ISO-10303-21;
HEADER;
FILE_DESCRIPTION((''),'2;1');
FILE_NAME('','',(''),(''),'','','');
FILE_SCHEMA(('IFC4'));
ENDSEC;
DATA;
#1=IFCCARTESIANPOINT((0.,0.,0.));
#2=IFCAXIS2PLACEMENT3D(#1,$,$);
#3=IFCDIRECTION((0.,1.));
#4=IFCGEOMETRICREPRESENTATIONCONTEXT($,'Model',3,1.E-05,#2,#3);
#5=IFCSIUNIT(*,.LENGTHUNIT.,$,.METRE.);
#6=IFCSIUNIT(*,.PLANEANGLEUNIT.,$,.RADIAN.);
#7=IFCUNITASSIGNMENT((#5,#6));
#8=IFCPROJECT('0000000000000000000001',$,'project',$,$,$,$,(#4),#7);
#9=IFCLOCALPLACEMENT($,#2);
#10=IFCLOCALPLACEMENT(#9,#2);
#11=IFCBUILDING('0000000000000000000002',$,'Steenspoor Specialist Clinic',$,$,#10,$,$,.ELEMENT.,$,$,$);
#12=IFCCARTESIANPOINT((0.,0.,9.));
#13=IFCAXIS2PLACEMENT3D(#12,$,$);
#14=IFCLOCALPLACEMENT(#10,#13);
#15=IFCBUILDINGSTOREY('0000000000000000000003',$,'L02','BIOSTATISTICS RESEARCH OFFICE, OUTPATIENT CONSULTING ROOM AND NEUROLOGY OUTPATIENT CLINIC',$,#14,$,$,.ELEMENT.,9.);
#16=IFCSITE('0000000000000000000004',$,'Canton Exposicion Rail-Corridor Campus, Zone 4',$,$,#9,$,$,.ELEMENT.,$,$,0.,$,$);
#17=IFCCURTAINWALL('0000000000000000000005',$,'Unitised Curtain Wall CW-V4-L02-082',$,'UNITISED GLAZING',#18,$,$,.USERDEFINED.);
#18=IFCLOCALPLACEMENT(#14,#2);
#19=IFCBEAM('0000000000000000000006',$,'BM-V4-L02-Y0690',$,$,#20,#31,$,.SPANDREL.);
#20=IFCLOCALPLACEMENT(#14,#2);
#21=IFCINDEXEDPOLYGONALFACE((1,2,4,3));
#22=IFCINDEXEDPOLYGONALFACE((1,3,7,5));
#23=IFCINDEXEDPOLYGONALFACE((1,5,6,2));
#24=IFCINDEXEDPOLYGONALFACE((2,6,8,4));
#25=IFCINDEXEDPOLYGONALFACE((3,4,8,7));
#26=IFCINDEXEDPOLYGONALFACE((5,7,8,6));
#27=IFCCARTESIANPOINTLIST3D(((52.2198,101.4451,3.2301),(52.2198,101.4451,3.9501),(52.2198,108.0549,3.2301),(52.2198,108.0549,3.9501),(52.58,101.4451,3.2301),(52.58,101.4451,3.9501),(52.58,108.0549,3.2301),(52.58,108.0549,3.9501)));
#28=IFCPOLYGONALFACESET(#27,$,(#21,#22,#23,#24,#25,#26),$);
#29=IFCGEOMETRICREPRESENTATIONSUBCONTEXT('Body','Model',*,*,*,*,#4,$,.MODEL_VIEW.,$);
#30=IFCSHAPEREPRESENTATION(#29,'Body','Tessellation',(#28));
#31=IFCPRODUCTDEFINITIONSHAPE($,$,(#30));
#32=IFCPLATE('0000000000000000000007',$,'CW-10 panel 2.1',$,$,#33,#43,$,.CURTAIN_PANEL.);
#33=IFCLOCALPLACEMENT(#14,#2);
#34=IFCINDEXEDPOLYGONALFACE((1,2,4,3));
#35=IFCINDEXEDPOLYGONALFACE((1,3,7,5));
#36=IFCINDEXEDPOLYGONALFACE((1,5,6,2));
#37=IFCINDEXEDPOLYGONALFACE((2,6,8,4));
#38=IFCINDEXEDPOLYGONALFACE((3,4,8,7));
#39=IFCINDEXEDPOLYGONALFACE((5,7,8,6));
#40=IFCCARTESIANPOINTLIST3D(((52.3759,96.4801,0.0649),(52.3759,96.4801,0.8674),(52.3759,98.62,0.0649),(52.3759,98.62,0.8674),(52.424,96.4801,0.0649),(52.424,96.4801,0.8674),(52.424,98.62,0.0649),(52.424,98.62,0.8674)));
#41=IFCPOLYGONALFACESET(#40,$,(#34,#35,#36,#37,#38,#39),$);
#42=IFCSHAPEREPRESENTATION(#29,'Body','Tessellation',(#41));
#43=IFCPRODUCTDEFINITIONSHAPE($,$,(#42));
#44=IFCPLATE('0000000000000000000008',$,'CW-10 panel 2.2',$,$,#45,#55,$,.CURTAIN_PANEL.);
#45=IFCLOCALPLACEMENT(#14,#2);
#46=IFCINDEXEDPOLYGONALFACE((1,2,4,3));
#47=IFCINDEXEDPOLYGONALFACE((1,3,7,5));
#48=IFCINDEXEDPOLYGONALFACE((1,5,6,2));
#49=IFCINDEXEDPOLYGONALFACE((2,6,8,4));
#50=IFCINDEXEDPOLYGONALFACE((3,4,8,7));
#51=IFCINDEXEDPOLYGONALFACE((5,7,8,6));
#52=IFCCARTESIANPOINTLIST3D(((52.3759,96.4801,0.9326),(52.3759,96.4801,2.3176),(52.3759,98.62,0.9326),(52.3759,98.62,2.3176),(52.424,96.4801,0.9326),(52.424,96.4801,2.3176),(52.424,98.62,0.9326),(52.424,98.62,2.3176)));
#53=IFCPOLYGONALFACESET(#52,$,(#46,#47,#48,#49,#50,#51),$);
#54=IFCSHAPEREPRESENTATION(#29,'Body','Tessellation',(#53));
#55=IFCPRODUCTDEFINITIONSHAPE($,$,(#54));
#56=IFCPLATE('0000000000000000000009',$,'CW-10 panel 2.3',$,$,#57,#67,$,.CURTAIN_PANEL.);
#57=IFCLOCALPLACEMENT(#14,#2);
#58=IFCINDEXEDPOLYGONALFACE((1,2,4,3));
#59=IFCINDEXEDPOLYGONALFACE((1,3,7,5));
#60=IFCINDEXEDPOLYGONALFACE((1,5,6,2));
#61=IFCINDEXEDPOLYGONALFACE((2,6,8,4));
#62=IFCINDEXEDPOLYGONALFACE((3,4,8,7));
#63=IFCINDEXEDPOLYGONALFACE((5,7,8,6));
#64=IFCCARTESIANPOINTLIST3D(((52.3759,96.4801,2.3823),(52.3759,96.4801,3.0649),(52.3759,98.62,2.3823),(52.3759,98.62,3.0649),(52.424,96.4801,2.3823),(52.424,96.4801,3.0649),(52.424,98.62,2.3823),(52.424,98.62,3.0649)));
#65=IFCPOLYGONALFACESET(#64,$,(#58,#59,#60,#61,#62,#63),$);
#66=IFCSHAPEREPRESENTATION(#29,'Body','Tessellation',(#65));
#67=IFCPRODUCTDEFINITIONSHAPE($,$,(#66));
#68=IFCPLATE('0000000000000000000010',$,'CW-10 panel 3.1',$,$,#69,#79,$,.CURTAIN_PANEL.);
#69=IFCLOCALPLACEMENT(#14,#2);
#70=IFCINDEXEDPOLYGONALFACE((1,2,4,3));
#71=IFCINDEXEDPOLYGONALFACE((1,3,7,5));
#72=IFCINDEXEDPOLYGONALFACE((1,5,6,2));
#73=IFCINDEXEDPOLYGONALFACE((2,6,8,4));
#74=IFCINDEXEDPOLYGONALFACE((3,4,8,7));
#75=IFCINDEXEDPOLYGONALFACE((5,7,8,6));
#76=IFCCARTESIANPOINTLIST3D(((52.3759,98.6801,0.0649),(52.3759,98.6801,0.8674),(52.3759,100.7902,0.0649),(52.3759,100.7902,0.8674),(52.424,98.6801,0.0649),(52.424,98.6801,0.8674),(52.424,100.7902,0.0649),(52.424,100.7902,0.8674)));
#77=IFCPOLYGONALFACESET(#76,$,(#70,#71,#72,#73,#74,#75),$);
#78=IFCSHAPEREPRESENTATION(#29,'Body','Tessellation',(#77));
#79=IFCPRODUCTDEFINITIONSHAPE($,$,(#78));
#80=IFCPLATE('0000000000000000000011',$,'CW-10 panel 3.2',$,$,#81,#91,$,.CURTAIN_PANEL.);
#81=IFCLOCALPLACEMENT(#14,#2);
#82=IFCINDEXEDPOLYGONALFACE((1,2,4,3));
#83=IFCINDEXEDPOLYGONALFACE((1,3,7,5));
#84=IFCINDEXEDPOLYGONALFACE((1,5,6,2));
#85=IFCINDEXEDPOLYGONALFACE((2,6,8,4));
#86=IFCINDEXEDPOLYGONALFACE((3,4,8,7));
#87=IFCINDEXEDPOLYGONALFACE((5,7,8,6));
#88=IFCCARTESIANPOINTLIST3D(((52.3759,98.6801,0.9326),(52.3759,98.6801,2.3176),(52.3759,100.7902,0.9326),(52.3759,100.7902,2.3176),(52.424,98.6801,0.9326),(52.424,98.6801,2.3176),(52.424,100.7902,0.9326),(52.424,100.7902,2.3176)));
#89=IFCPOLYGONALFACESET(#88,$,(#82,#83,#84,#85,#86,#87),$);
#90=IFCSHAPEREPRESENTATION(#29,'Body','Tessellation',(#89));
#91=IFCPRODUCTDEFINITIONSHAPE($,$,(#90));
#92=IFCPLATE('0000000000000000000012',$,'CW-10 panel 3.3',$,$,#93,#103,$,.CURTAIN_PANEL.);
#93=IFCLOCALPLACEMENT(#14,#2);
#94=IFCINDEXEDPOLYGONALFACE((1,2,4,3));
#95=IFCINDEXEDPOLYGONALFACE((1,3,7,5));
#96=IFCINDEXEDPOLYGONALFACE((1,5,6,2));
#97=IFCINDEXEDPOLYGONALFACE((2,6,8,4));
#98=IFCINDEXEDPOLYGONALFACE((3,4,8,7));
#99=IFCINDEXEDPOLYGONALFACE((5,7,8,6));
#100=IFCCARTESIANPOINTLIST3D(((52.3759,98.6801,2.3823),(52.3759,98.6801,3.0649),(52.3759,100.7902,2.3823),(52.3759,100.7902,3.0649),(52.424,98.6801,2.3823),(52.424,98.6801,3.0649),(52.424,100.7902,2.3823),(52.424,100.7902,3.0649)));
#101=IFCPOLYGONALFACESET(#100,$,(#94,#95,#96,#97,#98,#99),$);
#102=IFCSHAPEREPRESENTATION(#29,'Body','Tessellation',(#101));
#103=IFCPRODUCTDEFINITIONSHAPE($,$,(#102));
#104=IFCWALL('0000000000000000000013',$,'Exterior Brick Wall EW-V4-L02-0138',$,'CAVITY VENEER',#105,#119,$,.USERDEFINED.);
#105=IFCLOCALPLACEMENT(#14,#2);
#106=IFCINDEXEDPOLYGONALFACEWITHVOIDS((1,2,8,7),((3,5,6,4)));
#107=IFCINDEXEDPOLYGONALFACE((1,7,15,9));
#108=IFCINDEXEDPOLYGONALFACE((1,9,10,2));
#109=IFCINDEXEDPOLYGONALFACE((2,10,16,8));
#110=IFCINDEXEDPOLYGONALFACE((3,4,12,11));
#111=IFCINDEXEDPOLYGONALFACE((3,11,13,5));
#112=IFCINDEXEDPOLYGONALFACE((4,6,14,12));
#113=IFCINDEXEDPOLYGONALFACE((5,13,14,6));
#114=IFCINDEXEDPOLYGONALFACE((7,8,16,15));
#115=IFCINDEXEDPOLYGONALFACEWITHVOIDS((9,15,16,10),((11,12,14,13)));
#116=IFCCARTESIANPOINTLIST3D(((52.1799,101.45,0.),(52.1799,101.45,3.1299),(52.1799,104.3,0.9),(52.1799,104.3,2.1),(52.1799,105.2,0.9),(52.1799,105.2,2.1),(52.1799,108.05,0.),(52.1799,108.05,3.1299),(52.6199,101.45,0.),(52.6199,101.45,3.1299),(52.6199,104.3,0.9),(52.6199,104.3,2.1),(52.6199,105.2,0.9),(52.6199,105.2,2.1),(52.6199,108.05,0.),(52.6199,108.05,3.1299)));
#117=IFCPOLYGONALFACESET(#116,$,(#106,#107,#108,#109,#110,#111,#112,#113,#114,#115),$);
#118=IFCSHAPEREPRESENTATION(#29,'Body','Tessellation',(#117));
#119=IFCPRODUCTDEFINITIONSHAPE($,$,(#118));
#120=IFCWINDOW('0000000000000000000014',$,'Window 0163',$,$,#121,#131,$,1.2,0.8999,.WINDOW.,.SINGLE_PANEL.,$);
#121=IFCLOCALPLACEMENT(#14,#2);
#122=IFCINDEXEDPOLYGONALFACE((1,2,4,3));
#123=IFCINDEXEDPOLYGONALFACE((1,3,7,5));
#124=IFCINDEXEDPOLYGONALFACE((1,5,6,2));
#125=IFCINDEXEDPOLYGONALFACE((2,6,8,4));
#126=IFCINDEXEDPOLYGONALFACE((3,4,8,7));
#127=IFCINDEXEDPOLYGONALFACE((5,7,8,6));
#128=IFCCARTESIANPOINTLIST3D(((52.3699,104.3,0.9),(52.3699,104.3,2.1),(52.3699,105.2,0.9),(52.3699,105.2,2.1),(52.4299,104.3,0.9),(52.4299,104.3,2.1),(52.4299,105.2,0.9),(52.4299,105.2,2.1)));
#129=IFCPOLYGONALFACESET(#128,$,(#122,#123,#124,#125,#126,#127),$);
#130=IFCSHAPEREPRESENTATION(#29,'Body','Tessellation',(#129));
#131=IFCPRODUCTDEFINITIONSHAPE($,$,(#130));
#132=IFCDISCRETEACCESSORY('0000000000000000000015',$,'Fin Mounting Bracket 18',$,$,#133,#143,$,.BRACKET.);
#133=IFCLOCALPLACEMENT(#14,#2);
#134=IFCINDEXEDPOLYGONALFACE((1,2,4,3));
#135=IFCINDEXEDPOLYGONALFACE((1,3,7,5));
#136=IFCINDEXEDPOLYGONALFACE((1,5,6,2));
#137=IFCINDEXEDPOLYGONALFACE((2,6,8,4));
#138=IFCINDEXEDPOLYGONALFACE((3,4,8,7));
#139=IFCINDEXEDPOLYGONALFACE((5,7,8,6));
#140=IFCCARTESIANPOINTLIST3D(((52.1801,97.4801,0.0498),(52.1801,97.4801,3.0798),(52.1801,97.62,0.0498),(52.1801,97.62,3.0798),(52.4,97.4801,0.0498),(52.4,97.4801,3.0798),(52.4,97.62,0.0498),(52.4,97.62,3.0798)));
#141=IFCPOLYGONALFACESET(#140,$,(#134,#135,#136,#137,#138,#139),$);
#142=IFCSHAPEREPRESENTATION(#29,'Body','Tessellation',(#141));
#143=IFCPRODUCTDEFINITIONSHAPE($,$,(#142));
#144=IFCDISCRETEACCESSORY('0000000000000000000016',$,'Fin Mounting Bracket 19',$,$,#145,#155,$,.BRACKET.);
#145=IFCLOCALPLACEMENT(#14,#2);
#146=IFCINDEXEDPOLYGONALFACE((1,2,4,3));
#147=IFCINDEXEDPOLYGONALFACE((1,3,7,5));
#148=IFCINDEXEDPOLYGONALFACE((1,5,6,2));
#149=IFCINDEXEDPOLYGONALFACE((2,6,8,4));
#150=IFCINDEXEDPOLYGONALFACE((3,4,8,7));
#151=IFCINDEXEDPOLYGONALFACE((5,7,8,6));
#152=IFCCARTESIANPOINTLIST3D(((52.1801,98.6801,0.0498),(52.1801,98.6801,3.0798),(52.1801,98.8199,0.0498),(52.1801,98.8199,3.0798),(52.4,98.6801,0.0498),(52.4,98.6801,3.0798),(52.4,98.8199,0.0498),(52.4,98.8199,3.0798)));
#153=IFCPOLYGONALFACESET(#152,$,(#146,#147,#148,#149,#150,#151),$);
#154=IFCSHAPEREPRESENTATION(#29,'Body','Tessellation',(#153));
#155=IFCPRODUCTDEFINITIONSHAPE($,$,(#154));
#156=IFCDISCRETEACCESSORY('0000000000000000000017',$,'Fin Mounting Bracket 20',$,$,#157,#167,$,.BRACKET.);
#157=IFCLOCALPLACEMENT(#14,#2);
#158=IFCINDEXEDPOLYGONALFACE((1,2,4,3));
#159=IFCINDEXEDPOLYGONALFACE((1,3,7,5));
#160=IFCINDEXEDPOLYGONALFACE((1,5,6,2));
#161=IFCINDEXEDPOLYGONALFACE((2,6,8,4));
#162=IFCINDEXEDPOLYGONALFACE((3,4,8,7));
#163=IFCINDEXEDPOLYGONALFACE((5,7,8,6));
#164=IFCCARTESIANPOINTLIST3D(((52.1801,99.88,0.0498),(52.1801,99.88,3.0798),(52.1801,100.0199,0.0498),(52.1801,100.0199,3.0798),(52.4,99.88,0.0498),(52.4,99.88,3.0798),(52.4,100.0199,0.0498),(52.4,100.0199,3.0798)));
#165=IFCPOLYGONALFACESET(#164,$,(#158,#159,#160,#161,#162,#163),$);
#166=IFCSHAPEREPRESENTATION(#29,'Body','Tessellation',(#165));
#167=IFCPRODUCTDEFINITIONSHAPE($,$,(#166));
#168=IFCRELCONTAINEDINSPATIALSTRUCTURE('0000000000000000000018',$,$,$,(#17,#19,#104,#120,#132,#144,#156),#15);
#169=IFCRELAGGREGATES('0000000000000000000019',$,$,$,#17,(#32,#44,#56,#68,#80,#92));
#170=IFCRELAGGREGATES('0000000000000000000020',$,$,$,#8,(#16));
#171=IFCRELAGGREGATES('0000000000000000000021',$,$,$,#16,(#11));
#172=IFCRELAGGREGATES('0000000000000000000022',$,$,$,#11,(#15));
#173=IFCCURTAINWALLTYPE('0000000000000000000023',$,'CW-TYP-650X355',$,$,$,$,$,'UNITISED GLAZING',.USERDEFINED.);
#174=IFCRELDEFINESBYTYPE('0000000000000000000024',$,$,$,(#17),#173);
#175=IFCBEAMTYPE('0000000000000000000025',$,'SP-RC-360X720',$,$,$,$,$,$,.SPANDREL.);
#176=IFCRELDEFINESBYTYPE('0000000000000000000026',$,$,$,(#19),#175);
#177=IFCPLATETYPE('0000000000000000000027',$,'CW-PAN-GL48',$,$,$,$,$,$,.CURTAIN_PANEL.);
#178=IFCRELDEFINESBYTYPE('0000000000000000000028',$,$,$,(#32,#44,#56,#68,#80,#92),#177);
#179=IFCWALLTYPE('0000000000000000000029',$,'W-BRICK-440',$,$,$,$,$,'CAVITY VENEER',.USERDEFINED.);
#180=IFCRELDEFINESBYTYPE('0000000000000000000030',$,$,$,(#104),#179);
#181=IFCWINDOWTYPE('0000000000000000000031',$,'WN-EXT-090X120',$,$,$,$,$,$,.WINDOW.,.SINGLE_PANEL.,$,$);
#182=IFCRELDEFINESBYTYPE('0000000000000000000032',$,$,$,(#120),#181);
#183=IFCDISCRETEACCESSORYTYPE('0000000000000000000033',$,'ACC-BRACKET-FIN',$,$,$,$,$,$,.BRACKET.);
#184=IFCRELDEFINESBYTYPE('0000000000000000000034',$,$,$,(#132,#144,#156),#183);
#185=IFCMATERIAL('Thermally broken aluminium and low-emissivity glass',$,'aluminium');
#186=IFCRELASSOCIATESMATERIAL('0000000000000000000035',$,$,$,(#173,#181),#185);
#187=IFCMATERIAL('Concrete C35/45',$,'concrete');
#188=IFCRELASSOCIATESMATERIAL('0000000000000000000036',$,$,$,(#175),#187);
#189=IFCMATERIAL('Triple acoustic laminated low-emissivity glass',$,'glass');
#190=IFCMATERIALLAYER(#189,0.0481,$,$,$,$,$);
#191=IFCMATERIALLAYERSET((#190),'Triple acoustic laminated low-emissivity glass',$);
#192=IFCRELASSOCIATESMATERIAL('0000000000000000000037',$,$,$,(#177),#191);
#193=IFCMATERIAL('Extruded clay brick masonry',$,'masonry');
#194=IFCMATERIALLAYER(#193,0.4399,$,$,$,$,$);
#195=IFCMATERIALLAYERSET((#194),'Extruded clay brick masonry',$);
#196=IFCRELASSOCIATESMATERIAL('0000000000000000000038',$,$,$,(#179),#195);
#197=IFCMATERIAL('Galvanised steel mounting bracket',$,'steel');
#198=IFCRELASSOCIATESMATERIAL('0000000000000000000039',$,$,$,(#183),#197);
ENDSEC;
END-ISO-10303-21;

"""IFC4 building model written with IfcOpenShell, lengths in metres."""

from ifc_helpers import new_model, si_unit, direction, frame, frame_2d, origin, origin_2d, place, context, subcontext, project, spatial, rectangle, extrude, material, layer, layer_set, material_profile, profile_set, type_object, element, fill, aggregate, save


model = new_model("IFC4")

# Units and contexts
model_context = context("Model", 3, precision=1e-05, world=origin(), true_north=direction((0.0, 1.0)))
body_context = subcontext(model_context, "Body", "Model", "MODEL_VIEW")
ifc_project = project(units=[si_unit("LENGTHUNIT", "METRE"), si_unit("PLANEANGLEUNIT", "RADIAN")], contexts=[model_context])

# Site, building, storey
site_placement = place(None, origin())
site = spatial("IfcSite", under=ifc_project, at=site_placement, Name="Canton Exposicion Rail-Corridor Campus, Zone 4", CompositionType="ELEMENT", RefElevation=0.0)
building_placement = place(site_placement, origin())
building = spatial("IfcBuilding", under=site, at=building_placement, Name="Steenspoor Specialist Clinic", CompositionType="ELEMENT")
storey_placement = place(building_placement, frame((0.0, 0.0, 9.0)))
storey = spatial("IfcBuildingStorey", under=building, at=storey_placement, Name="L02", Description="BIOSTATISTICS RESEARCH OFFICE, OUTPATIENT CONSULTING ROOM AND NEUROLOGY OUTPATIENT CLINIC", CompositionType="ELEMENT", Elevation=9.0)

# Shared definitions
ifc_material_1 = material(Name="Concrete C35/45", Category="concrete")

# Curtain wall
ifc_material_2 = material(Name="Thermally broken aluminium and low-emissivity glass", Category="aluminium")
curtain_wall_type = type_object("IfcCurtainWallType", Name="CW-TYP-650X355", ElementType="UNITISED GLAZING", PredefinedType="USERDEFINED", material=ifc_material_2)
curtain_wall_placement = place(storey_placement, origin())
curtain_wall = element("IfcCurtainWall", 1, at=curtain_wall_placement, inside=storey, type_object=curtain_wall_type, Name="Unitised Curtain Wall CW-V4-L02-082", ObjectType="UNITISED GLAZING", PredefinedType="USERDEFINED")

# Beam
ifc_material_profile_1 = material_profile(ifc_material_1, rectangle(XDim=0.3601, YDim=0.72, at=origin_2d()), Name="RC-SP-360X720")
ifc_profile_set_1 = profile_set([ifc_material_profile_1], Name="Concrete C35/45")
beam_type_1 = type_object("IfcBeamType", Name="SP-RC-360X720", PredefinedType="SPANDREL", material=ifc_profile_set_1)
beam_1_placement = place(storey_placement, frame((52.3999, 101.4451, 3.5901), z_axis=(0.0, 1.0, 0.0), x_axis=(-1.0, 0.0, 0.0)))
element("IfcBeam", 2, at=beam_1_placement, inside=storey, type_object=beam_type_1, Name="BM-V4-L02-Y0690", PredefinedType="SPANDREL", context=body_context, shape_type="SweptSolid", body=[
    extrude(rectangle(XDim=0.3601, YDim=0.72, at=origin_2d()), origin(), (0.0, 0.0, 1.0), 6.6099),
])

# Plates
ifc_material_3 = material(Name="Triple acoustic laminated low-emissivity glass", Category="glass")
ifc_layer_1 = layer(ifc_material_3, 0.0481)
ifc_layer_set_1 = layer_set([ifc_layer_1], Name="Triple acoustic laminated low-emissivity glass")
plate_type = type_object("IfcPlateType", Name="CW-PAN-GL48", PredefinedType="CURTAIN_PANEL", material=ifc_layer_set_1)
plate_1_placement = place(storey_placement, frame((52.3999, 97.55, 0.0649), z_axis=(0.0, 0.0, 1.0), x_axis=(0.0, 1.0, 0.0)))
plate_1 = element("IfcPlate", 3, at=plate_1_placement, type_object=plate_type, Name="CW-10 panel 2.1", PredefinedType="CURTAIN_PANEL", context=body_context, shape_type="SweptSolid", body=[
    extrude(rectangle(XDim=2.1399, YDim=0.0481, at=origin_2d()), origin(), (0.0, 0.0, 1.0), 0.8025),
])
plate_2_placement = place(storey_placement, frame((52.3999, 97.55, 0.9326), z_axis=(0.0, 0.0, 1.0), x_axis=(0.0, 1.0, 0.0)))
plate_2 = element("IfcPlate", 4, at=plate_2_placement, type_object=plate_type, Name="CW-10 panel 2.2", PredefinedType="CURTAIN_PANEL", context=body_context, shape_type="SweptSolid", body=[
    extrude(rectangle(XDim=2.1399, YDim=0.0481, at=origin_2d()), origin(), (0.0, 0.0, 1.0), 1.385),
])
plate_3_placement = place(storey_placement, frame((52.3999, 97.55, 2.3823), z_axis=(0.0, 0.0, 1.0), x_axis=(0.0, 1.0, 0.0)))
plate_3 = element("IfcPlate", 5, at=plate_3_placement, type_object=plate_type, Name="CW-10 panel 2.3", PredefinedType="CURTAIN_PANEL", context=body_context, shape_type="SweptSolid", body=[
    extrude(rectangle(XDim=2.1399, YDim=0.0481, at=origin_2d()), origin(), (0.0, 0.0, 1.0), 0.6826),
])
plate_4_placement = place(storey_placement, frame((52.3999, 99.7351, 0.0649), z_axis=(0.0, 0.0, 1.0), x_axis=(0.0, 1.0, 0.0)))
plate_4 = element("IfcPlate", 6, at=plate_4_placement, type_object=plate_type, Name="CW-10 panel 3.1", PredefinedType="CURTAIN_PANEL", context=body_context, shape_type="SweptSolid", body=[
    extrude(rectangle(XDim=2.1101, YDim=0.0481, at=origin_2d()), origin(), (0.0, 0.0, 1.0), 0.8025),
])
plate_5_placement = place(storey_placement, frame((52.3999, 99.7351, 0.9326), z_axis=(0.0, 0.0, 1.0), x_axis=(0.0, 1.0, 0.0)))
plate_5 = element("IfcPlate", 7, at=plate_5_placement, type_object=plate_type, Name="CW-10 panel 3.2", PredefinedType="CURTAIN_PANEL", context=body_context, shape_type="SweptSolid", body=[
    extrude(rectangle(XDim=2.1101, YDim=0.0481, at=origin_2d()), origin(), (0.0, 0.0, 1.0), 1.385),
])
plate_6_placement = place(storey_placement, frame((52.3999, 99.7351, 2.3823), z_axis=(0.0, 0.0, 1.0), x_axis=(0.0, 1.0, 0.0)))
plate_6 = element("IfcPlate", 8, at=plate_6_placement, type_object=plate_type, Name="CW-10 panel 3.3", PredefinedType="CURTAIN_PANEL", context=body_context, shape_type="SweptSolid", body=[
    extrude(rectangle(XDim=2.1101, YDim=0.0481, at=origin_2d()), origin(), (0.0, 0.0, 1.0), 0.6826),
])
aggregate(curtain_wall, [plate_1, plate_2, plate_3, plate_4, plate_5, plate_6])

# Wall, opening, window
ifc_material_4 = material(Name="Extruded clay brick masonry", Category="masonry")
ifc_layer_2 = layer(ifc_material_4, 0.4399)
ifc_layer_set_2 = layer_set([ifc_layer_2], Name="Extruded clay brick masonry")
wall_type = type_object("IfcWallType", Name="W-BRICK-440", ElementType="CAVITY VENEER", PredefinedType="USERDEFINED", material=ifc_layer_set_2)
wall_placement = place(storey_placement, frame((52.3999, 101.45, 0.0), z_axis=(0.0, 0.0, 1.0), x_axis=(0.0, 1.0, 0.0)))
wall = element("IfcWall", 9, at=wall_placement, inside=storey, type_object=wall_type, Name="Exterior Brick Wall EW-V4-L02-0138", ObjectType="CAVITY VENEER", PredefinedType="USERDEFINED", context=body_context, shape_type="SweptSolid", body=[
    extrude(rectangle(XDim=6.6001, YDim=0.4399, at=frame_2d((3.3, 0.0))), origin(), (0.0, 0.0, 1.0), 3.1299),
])
opening_placement = place(wall_placement, frame((2.8501, 0.0, 0.8999)))
opening = element("IfcOpeningElement", 10, at=opening_placement, cuts=wall, PredefinedType="OPENING", context=body_context, shape_type="SweptSolid", body=[
    extrude(rectangle(XDim=0.8999, YDim=1.2, at=frame_2d((0.45, 0.6001))), frame((0.0, 0.23, 0.0), z_axis=(0.0, -1.0, 0.0), x_axis=(1.0, 0.0, 0.0)), (0.0, 0.0, 1.0), 0.46),
])
window_type = type_object("IfcWindowType", Name="WN-EXT-090X120", PartitioningType="SINGLE_PANEL", PredefinedType="WINDOW", material=ifc_material_2)
window_placement = place(opening_placement, origin())
window = element("IfcWindow", 11, at=window_placement, inside=storey, type_object=window_type, Name="Window 0163", OverallHeight=1.2, OverallWidth=0.8999, PartitioningType="SINGLE_PANEL", PredefinedType="WINDOW", context=body_context, shape_type="SweptSolid", body=[
    extrude(rectangle(XDim=0.8999, YDim=1.2, at=frame_2d((0.45, 0.6001))), frame((0.0, 0.03, 0.0), z_axis=(0.0, -1.0, 0.0), x_axis=(1.0, 0.0, 0.0)), (0.0, 0.0, 1.0), 0.0601),
])
fill(opening, window)

# Discrete accessories
ifc_material_5 = material(Name="Galvanised steel mounting bracket", Category="steel")
discrete_accessory_type = type_object("IfcDiscreteAccessoryType", Name="ACC-BRACKET-FIN", PredefinedType="BRACKET", material=ifc_material_5)
for number, where, z_axis, x_axis, name in (
    (12, (52.29, 97.55, 0.0498), (0.0, 0.0, 1.0), (-1.0, 0.0, 0.0), "Fin Mounting Bracket 18"),
    (13, (52.29, 98.75, 0.0498), (0.0, 0.0, 1.0), (-1.0, 0.0, 0.0), "Fin Mounting Bracket 19"),
    (14, (52.29, 99.95, 0.0498), (0.0, 0.0, 1.0), (-1.0, 0.0, 0.0), "Fin Mounting Bracket 20"),
):
    element("IfcDiscreteAccessory", number, at=place(storey_placement, frame(where, z_axis=z_axis, x_axis=x_axis)), inside=storey, type_object=discrete_accessory_type, Name=name, PredefinedType="BRACKET", context=body_context, shape_type="SweptSolid", body=[
        extrude(rectangle(XDim=0.22, YDim=0.1399, at=origin_2d()), origin(), (0.0, 0.0, 1.0), 3.03),
    ])

save(model, "model.ifc")
